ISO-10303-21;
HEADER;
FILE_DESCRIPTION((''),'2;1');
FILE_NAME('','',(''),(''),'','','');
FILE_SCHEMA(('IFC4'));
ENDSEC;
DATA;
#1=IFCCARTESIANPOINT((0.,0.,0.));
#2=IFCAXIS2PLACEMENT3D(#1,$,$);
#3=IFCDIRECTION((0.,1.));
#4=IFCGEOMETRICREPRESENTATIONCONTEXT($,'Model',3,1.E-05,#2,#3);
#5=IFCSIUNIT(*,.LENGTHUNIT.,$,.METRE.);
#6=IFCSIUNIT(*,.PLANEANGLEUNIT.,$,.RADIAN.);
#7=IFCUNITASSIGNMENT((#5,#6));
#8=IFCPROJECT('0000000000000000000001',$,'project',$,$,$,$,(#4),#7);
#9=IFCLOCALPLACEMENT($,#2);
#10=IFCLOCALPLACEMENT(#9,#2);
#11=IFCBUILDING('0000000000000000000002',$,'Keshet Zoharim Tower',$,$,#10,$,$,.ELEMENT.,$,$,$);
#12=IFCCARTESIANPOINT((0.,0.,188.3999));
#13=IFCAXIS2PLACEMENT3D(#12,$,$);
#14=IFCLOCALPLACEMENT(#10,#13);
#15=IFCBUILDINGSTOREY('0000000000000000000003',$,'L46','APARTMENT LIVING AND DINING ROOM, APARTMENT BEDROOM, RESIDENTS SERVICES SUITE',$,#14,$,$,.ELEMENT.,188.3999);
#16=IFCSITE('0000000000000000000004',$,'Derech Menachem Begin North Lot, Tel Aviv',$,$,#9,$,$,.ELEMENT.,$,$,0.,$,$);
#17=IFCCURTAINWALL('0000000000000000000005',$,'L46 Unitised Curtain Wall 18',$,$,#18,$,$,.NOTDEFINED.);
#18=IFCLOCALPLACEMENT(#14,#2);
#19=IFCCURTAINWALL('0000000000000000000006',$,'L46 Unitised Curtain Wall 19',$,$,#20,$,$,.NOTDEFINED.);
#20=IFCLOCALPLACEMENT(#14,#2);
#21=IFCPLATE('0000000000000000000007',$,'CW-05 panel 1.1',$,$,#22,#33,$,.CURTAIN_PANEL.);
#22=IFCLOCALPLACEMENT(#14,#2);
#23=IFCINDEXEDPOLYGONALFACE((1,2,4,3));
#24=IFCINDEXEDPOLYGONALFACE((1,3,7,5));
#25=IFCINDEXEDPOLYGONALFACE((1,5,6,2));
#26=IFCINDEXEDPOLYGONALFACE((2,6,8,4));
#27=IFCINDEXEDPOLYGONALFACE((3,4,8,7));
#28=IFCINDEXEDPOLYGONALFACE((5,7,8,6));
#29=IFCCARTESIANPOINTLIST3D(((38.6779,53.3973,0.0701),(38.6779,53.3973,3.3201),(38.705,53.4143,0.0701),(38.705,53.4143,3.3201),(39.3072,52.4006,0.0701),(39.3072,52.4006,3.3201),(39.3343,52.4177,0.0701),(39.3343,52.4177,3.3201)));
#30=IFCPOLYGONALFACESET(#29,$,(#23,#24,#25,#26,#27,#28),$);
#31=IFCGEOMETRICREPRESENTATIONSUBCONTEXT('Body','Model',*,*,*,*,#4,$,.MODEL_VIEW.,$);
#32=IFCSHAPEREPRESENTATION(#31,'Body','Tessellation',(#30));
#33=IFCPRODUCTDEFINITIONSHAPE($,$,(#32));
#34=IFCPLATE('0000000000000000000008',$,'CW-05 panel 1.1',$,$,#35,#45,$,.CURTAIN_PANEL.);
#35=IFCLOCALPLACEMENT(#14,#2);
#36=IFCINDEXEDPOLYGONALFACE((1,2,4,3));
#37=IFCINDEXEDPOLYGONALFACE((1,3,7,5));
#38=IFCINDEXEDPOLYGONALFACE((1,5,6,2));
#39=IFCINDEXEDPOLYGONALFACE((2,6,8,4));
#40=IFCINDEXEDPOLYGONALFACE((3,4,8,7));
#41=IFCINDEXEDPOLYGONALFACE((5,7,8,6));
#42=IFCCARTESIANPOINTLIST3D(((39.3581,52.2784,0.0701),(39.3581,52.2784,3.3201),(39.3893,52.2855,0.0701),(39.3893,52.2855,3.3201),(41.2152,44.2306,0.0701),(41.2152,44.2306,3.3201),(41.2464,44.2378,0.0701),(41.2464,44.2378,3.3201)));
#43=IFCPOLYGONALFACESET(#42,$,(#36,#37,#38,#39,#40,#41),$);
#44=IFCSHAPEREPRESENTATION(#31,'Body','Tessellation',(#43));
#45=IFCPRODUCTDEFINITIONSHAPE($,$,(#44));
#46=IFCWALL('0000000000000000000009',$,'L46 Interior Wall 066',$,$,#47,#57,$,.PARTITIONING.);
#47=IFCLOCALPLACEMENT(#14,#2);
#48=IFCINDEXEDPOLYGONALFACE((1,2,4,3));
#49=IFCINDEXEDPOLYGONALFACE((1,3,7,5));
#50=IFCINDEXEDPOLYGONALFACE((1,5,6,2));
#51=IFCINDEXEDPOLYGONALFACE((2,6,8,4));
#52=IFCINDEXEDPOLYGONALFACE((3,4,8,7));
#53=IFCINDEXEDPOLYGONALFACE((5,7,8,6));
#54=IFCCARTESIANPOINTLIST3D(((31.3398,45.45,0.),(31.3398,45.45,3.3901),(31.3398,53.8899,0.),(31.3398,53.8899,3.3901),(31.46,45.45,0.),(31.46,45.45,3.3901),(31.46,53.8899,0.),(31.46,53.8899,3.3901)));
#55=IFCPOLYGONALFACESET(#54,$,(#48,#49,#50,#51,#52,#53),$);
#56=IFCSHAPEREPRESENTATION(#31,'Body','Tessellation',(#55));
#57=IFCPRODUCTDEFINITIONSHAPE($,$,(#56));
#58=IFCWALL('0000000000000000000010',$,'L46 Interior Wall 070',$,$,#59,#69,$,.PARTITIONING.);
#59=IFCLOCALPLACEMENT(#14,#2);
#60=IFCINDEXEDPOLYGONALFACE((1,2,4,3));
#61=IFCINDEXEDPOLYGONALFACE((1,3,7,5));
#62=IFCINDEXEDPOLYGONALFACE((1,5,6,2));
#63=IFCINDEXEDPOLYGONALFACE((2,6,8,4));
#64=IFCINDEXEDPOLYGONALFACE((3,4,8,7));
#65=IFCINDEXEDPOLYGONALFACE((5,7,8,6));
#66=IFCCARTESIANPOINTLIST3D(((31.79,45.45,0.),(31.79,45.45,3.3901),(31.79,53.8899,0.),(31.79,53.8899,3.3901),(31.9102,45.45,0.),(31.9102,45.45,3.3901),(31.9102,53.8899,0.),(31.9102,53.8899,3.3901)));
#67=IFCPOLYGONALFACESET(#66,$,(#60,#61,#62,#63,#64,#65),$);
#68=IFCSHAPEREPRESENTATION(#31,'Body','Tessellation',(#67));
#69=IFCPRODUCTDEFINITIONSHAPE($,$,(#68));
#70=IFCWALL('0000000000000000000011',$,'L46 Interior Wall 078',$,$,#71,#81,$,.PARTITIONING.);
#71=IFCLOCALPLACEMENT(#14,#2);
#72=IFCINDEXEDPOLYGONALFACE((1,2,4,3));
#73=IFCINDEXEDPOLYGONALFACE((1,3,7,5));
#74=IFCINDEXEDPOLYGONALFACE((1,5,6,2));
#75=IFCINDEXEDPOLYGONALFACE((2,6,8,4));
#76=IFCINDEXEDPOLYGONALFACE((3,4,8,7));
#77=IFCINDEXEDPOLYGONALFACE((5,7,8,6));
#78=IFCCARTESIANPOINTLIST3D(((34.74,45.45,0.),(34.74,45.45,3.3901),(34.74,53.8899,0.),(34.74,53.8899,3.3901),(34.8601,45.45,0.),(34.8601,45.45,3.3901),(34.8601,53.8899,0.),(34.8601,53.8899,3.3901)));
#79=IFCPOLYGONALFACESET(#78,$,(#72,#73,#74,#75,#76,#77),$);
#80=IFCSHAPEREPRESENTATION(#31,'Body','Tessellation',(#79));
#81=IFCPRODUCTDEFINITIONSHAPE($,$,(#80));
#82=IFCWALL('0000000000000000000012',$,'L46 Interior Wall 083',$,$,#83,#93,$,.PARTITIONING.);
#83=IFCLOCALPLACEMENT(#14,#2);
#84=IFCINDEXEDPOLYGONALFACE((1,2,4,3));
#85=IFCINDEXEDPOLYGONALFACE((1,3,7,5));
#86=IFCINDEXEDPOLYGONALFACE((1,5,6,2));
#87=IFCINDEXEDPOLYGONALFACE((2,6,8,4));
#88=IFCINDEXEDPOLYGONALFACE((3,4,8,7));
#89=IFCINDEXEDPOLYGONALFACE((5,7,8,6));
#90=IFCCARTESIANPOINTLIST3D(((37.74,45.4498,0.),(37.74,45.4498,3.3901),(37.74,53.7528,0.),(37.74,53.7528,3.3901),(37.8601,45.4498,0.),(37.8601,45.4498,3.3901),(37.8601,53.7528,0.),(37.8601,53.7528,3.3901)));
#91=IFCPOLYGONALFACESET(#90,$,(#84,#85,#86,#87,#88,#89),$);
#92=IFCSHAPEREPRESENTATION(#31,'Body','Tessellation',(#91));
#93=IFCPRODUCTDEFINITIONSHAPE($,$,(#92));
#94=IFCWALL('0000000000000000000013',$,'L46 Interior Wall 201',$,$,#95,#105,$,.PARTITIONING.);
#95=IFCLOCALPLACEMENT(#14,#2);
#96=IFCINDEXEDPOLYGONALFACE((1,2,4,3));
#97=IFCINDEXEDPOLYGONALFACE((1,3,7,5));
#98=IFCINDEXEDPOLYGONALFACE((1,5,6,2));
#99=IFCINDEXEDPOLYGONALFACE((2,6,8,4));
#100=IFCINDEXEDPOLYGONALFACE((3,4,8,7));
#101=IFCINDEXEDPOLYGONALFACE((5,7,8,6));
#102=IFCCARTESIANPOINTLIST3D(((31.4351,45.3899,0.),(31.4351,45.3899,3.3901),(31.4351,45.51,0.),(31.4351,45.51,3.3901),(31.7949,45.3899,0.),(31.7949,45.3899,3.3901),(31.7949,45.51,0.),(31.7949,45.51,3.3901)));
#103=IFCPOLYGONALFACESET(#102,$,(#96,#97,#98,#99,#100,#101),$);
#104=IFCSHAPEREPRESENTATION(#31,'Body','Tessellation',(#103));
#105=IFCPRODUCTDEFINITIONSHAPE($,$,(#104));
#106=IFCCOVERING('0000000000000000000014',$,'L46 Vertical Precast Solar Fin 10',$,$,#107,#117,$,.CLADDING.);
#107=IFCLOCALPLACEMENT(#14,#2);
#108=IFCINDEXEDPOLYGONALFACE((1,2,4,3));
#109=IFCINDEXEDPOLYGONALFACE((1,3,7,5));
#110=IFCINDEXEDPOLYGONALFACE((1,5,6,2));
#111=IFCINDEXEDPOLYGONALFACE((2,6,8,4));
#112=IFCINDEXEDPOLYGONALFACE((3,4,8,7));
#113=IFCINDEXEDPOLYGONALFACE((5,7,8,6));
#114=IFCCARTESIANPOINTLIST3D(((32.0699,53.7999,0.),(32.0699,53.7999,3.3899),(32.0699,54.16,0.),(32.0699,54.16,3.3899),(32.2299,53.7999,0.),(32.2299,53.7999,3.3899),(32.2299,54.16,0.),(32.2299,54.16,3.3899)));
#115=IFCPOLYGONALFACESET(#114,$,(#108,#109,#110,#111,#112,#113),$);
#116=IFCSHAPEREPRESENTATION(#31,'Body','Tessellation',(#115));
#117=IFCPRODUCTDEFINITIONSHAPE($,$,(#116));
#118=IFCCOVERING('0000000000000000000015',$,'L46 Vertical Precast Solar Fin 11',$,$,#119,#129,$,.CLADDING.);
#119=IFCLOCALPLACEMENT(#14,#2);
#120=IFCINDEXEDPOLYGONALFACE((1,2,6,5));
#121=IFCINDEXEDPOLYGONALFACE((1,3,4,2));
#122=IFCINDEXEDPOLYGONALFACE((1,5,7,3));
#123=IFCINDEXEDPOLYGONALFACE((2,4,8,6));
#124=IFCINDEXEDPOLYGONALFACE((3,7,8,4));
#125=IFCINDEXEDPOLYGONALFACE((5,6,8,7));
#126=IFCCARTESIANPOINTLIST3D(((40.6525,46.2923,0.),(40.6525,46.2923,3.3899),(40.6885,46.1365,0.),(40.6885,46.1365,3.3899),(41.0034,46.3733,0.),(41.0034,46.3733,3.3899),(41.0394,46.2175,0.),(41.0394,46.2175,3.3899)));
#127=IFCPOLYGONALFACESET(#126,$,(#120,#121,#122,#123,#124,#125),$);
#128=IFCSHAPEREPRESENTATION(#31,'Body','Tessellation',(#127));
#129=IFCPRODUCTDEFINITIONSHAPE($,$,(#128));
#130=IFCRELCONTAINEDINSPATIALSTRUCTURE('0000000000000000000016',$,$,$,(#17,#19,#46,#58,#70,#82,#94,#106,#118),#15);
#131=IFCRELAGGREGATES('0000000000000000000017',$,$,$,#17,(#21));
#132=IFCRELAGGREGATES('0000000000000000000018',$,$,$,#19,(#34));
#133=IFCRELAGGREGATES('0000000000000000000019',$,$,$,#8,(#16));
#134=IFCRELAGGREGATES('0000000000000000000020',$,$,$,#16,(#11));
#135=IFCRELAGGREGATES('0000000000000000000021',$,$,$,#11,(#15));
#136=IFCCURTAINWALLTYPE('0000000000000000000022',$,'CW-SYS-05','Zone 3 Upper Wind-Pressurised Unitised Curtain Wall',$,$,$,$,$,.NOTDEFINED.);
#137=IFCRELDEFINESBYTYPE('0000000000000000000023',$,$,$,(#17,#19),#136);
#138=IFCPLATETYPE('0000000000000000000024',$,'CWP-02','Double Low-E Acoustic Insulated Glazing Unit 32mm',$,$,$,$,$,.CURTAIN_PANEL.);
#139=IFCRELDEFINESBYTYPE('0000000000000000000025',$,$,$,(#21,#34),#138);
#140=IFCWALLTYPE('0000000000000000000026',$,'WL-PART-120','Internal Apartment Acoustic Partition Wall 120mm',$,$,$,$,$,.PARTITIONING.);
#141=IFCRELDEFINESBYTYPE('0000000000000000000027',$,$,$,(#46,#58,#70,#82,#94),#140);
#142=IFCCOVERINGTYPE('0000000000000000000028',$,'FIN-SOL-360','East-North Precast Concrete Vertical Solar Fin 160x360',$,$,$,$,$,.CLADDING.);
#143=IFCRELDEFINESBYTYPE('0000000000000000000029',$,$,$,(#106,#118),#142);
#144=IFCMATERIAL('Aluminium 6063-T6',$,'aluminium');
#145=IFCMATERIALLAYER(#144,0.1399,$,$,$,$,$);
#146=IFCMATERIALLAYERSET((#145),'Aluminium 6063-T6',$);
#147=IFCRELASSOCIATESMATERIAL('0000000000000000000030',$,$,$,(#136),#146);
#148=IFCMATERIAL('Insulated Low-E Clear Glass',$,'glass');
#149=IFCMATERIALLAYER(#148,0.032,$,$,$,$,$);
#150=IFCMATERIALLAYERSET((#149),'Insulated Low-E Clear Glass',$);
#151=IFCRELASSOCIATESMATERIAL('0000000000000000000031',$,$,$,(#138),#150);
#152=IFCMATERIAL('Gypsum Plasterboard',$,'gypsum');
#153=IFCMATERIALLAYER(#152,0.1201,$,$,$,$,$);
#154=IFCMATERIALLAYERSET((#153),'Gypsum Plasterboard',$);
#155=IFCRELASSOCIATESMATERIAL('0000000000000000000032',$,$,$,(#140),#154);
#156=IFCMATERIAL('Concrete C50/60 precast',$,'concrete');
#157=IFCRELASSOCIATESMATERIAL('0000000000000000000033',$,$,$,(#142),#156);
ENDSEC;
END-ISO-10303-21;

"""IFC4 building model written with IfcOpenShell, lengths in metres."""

from ifc_helpers import new_model, si_unit, direction, frame, frame_2d, origin, origin_2d, place, context, subcontext, project, spatial, rectangle, extrude, material, layer, layer_set, type_object, element, aggregate, save


model = new_model("IFC4")

# Units and contexts
model_context = context("Model", 3, precision=1e-05, world=origin(), true_north=direction((0.0, 1.0)))
body_context = subcontext(model_context, "Body", "Model", "MODEL_VIEW")
ifc_project = project(units=[si_unit("LENGTHUNIT", "METRE"), si_unit("PLANEANGLEUNIT", "RADIAN")], contexts=[model_context])

# Site, building, storey
site_placement = place(None, origin())
site = spatial("IfcSite", under=ifc_project, at=site_placement, Name="Derech Menachem Begin North Lot, Tel Aviv", CompositionType="ELEMENT", RefElevation=0.0)
building_placement = place(site_placement, origin())
building = spatial("IfcBuilding", under=site, at=building_placement, Name="Keshet Zoharim Tower", CompositionType="ELEMENT")
storey_placement = place(building_placement, frame((0.0, 0.0, 188.3999)))
storey = spatial("IfcBuildingStorey", under=building, at=storey_placement, Name="L46", Description="APARTMENT LIVING AND DINING ROOM, APARTMENT BEDROOM, RESIDENTS SERVICES SUITE", CompositionType="ELEMENT", Elevation=188.3999)

# Curtain walls
ifc_material_1 = material(Name="Aluminium 6063-T6", Category="aluminium")
ifc_layer_1 = layer(ifc_material_1, 0.1399)
ifc_layer_set_1 = layer_set([ifc_layer_1], Name="Aluminium 6063-T6")
curtain_wall_type = type_object("IfcCurtainWallType", Name="CW-SYS-05", Description="Zone 3 Upper Wind-Pressurised Unitised Curtain Wall", PredefinedType="NOTDEFINED", material=ifc_layer_set_1)
curtain_wall_1_placement = place(storey_placement, origin())
curtain_wall_1 = element("IfcCurtainWall", 1, at=curtain_wall_1_placement, inside=storey, type_object=curtain_wall_type, Name="L46 Unitised Curtain Wall 18", PredefinedType="NOTDEFINED")
curtain_wall_2_placement = place(storey_placement, origin())
curtain_wall_2 = element("IfcCurtainWall", 2, at=curtain_wall_2_placement, inside=storey, type_object=curtain_wall_type, Name="L46 Unitised Curtain Wall 19", PredefinedType="NOTDEFINED")

# Plates
ifc_material_2 = material(Name="Insulated Low-E Clear Glass", Category="glass")
ifc_layer_2 = layer(ifc_material_2, 0.032)
ifc_layer_set_2 = layer_set([ifc_layer_2], Name="Insulated Low-E Clear Glass")
plate_type = type_object("IfcPlateType", Name="CWP-02", Description="Double Low-E Acoustic Insulated Glazing Unit 32mm", PredefinedType="CURTAIN_PANEL", material=ifc_layer_set_2)
plate_1_placement = place(storey_placement, frame((39.0061, 52.9075, 0.0701), z_axis=(0.0, 0.0, 1.0), x_axis=(0.533879, -0.845561, 0.0)))
plate_1 = element("IfcPlate", 3, at=plate_1_placement, type_object=plate_type, Name="CW-05 panel 1.1", PredefinedType="CURTAIN_PANEL", context=body_context, shape_type="SweptSolid", body=[
    extrude(rectangle(XDim=1.1787, YDim=0.032, at=origin_2d()), origin(), (0.0, 0.0, 1.0), 3.25),
])
aggregate(curtain_wall_1, [plate_1])
plate_2_placement = place(storey_placement, frame((40.3022, 48.2581, 0.0701), z_axis=(0.0, 0.0, 1.0), x_axis=(0.224848, -0.974394, 0.0)))
plate_2 = element("IfcPlate", 4, at=plate_2_placement, type_object=plate_type, Name="CW-05 panel 1.1", PredefinedType="CURTAIN_PANEL", context=body_context, shape_type="SweptSolid", body=[
    extrude(rectangle(XDim=8.2593, YDim=0.032, at=origin_2d()), origin(), (0.0, 0.0, 1.0), 3.25),
])
aggregate(curtain_wall_2, [plate_2])

# Walls
ifc_material_3 = material(Name="Gypsum Plasterboard", Category="gypsum")
ifc_layer_3 = layer(ifc_material_3, 0.1201)
ifc_layer_set_3 = layer_set([ifc_layer_3], Name="Gypsum Plasterboard")
wall_type = type_object("IfcWallType", Name="WL-PART-120", Description="Internal Apartment Acoustic Partition Wall 120mm", PredefinedType="PARTITIONING", material=ifc_layer_set_3)
for number, where, z_axis, x_axis, name in (
    (5, (31.3999, 45.45, 0.0), (0.0, 0.0, 1.0), (0.0, 1.0, 0.0), "L46 Interior Wall 066"),
    (6, (31.8501, 45.45, 0.0), (0.0, 0.0, 1.0), (0.0, 1.0, 0.0), "L46 Interior Wall 070"),
    (7, (34.8, 45.45, 0.0), (0.0, 0.0, 1.0), (0.0, 1.0, 0.0), "L46 Interior Wall 078"),
):
    element("IfcWall", number, at=place(storey_placement, frame(where, z_axis=z_axis, x_axis=x_axis)), inside=storey, type_object=wall_type, Name=name, PredefinedType="PARTITIONING", context=body_context, shape_type="SweptSolid", body=[
        extrude(rectangle(XDim=8.4399, YDim=0.1201, at=frame_2d((4.22, 0.0))), origin(), (0.0, 0.0, 1.0), 3.3901),
    ])
wall_1_placement = place(storey_placement, frame((37.8, 45.45, 0.0), z_axis=(0.0, 0.0, 1.0), x_axis=(0.0, 1.0, 0.0)))
element("IfcWall", 8, at=wall_1_placement, inside=storey, type_object=wall_type, Name="L46 Interior Wall 083", PredefinedType="PARTITIONING", context=body_context, shape_type="SweptSolid", body=[
    extrude(rectangle(XDim=8.303, YDim=0.1201, at=frame_2d((4.1514, 0.0))), origin(), (0.0, 0.0, 1.0), 3.3901),
])
wall_2_placement = place(storey_placement, frame((31.4351, 45.45, 0.0), z_axis=(0.0, 0.0, 1.0), x_axis=(1.0, 0.0, 0.0)))
element("IfcWall", 9, at=wall_2_placement, inside=storey, type_object=wall_type, Name="L46 Interior Wall 201", PredefinedType="PARTITIONING", context=body_context, shape_type="SweptSolid", body=[
    extrude(rectangle(XDim=0.3599, YDim=0.1201, at=frame_2d((0.1799, 0.0))), origin(), (0.0, 0.0, 1.0), 3.3901),
])

# Coverings
ifc_material_4 = material(Name="Concrete C50/60 precast", Category="concrete")
covering_type = type_object("IfcCoveringType", Name="FIN-SOL-360", Description="East-North Precast Concrete Vertical Solar Fin 160x360", PredefinedType="CLADDING", material=ifc_material_4)
for number, where, z_axis, x_axis, name in (
    (10, (32.1499, 53.98, 0.0), (0.0, 0.0, 1.0), (1.0, 0.0, 0.0), "L46 Vertical Precast Solar Fin 10"),
    (11, (40.8459, 46.2549, 0.0), (0.0, 0.0, 1.0), (0.224848, -0.974394, 0.0), "L46 Vertical Precast Solar Fin 11"),
):
    element("IfcCovering", number, at=place(storey_placement, frame(where, z_axis=z_axis, x_axis=x_axis)), inside=storey, type_object=covering_type, Name=name, PredefinedType="CLADDING", context=body_context, shape_type="SweptSolid", body=[
        extrude(rectangle(XDim=0.1599, YDim=0.3601, at=origin_2d()), origin(), (0.0, 0.0, 1.0), 3.3899),
    ])

save(model, "model.ifc")
